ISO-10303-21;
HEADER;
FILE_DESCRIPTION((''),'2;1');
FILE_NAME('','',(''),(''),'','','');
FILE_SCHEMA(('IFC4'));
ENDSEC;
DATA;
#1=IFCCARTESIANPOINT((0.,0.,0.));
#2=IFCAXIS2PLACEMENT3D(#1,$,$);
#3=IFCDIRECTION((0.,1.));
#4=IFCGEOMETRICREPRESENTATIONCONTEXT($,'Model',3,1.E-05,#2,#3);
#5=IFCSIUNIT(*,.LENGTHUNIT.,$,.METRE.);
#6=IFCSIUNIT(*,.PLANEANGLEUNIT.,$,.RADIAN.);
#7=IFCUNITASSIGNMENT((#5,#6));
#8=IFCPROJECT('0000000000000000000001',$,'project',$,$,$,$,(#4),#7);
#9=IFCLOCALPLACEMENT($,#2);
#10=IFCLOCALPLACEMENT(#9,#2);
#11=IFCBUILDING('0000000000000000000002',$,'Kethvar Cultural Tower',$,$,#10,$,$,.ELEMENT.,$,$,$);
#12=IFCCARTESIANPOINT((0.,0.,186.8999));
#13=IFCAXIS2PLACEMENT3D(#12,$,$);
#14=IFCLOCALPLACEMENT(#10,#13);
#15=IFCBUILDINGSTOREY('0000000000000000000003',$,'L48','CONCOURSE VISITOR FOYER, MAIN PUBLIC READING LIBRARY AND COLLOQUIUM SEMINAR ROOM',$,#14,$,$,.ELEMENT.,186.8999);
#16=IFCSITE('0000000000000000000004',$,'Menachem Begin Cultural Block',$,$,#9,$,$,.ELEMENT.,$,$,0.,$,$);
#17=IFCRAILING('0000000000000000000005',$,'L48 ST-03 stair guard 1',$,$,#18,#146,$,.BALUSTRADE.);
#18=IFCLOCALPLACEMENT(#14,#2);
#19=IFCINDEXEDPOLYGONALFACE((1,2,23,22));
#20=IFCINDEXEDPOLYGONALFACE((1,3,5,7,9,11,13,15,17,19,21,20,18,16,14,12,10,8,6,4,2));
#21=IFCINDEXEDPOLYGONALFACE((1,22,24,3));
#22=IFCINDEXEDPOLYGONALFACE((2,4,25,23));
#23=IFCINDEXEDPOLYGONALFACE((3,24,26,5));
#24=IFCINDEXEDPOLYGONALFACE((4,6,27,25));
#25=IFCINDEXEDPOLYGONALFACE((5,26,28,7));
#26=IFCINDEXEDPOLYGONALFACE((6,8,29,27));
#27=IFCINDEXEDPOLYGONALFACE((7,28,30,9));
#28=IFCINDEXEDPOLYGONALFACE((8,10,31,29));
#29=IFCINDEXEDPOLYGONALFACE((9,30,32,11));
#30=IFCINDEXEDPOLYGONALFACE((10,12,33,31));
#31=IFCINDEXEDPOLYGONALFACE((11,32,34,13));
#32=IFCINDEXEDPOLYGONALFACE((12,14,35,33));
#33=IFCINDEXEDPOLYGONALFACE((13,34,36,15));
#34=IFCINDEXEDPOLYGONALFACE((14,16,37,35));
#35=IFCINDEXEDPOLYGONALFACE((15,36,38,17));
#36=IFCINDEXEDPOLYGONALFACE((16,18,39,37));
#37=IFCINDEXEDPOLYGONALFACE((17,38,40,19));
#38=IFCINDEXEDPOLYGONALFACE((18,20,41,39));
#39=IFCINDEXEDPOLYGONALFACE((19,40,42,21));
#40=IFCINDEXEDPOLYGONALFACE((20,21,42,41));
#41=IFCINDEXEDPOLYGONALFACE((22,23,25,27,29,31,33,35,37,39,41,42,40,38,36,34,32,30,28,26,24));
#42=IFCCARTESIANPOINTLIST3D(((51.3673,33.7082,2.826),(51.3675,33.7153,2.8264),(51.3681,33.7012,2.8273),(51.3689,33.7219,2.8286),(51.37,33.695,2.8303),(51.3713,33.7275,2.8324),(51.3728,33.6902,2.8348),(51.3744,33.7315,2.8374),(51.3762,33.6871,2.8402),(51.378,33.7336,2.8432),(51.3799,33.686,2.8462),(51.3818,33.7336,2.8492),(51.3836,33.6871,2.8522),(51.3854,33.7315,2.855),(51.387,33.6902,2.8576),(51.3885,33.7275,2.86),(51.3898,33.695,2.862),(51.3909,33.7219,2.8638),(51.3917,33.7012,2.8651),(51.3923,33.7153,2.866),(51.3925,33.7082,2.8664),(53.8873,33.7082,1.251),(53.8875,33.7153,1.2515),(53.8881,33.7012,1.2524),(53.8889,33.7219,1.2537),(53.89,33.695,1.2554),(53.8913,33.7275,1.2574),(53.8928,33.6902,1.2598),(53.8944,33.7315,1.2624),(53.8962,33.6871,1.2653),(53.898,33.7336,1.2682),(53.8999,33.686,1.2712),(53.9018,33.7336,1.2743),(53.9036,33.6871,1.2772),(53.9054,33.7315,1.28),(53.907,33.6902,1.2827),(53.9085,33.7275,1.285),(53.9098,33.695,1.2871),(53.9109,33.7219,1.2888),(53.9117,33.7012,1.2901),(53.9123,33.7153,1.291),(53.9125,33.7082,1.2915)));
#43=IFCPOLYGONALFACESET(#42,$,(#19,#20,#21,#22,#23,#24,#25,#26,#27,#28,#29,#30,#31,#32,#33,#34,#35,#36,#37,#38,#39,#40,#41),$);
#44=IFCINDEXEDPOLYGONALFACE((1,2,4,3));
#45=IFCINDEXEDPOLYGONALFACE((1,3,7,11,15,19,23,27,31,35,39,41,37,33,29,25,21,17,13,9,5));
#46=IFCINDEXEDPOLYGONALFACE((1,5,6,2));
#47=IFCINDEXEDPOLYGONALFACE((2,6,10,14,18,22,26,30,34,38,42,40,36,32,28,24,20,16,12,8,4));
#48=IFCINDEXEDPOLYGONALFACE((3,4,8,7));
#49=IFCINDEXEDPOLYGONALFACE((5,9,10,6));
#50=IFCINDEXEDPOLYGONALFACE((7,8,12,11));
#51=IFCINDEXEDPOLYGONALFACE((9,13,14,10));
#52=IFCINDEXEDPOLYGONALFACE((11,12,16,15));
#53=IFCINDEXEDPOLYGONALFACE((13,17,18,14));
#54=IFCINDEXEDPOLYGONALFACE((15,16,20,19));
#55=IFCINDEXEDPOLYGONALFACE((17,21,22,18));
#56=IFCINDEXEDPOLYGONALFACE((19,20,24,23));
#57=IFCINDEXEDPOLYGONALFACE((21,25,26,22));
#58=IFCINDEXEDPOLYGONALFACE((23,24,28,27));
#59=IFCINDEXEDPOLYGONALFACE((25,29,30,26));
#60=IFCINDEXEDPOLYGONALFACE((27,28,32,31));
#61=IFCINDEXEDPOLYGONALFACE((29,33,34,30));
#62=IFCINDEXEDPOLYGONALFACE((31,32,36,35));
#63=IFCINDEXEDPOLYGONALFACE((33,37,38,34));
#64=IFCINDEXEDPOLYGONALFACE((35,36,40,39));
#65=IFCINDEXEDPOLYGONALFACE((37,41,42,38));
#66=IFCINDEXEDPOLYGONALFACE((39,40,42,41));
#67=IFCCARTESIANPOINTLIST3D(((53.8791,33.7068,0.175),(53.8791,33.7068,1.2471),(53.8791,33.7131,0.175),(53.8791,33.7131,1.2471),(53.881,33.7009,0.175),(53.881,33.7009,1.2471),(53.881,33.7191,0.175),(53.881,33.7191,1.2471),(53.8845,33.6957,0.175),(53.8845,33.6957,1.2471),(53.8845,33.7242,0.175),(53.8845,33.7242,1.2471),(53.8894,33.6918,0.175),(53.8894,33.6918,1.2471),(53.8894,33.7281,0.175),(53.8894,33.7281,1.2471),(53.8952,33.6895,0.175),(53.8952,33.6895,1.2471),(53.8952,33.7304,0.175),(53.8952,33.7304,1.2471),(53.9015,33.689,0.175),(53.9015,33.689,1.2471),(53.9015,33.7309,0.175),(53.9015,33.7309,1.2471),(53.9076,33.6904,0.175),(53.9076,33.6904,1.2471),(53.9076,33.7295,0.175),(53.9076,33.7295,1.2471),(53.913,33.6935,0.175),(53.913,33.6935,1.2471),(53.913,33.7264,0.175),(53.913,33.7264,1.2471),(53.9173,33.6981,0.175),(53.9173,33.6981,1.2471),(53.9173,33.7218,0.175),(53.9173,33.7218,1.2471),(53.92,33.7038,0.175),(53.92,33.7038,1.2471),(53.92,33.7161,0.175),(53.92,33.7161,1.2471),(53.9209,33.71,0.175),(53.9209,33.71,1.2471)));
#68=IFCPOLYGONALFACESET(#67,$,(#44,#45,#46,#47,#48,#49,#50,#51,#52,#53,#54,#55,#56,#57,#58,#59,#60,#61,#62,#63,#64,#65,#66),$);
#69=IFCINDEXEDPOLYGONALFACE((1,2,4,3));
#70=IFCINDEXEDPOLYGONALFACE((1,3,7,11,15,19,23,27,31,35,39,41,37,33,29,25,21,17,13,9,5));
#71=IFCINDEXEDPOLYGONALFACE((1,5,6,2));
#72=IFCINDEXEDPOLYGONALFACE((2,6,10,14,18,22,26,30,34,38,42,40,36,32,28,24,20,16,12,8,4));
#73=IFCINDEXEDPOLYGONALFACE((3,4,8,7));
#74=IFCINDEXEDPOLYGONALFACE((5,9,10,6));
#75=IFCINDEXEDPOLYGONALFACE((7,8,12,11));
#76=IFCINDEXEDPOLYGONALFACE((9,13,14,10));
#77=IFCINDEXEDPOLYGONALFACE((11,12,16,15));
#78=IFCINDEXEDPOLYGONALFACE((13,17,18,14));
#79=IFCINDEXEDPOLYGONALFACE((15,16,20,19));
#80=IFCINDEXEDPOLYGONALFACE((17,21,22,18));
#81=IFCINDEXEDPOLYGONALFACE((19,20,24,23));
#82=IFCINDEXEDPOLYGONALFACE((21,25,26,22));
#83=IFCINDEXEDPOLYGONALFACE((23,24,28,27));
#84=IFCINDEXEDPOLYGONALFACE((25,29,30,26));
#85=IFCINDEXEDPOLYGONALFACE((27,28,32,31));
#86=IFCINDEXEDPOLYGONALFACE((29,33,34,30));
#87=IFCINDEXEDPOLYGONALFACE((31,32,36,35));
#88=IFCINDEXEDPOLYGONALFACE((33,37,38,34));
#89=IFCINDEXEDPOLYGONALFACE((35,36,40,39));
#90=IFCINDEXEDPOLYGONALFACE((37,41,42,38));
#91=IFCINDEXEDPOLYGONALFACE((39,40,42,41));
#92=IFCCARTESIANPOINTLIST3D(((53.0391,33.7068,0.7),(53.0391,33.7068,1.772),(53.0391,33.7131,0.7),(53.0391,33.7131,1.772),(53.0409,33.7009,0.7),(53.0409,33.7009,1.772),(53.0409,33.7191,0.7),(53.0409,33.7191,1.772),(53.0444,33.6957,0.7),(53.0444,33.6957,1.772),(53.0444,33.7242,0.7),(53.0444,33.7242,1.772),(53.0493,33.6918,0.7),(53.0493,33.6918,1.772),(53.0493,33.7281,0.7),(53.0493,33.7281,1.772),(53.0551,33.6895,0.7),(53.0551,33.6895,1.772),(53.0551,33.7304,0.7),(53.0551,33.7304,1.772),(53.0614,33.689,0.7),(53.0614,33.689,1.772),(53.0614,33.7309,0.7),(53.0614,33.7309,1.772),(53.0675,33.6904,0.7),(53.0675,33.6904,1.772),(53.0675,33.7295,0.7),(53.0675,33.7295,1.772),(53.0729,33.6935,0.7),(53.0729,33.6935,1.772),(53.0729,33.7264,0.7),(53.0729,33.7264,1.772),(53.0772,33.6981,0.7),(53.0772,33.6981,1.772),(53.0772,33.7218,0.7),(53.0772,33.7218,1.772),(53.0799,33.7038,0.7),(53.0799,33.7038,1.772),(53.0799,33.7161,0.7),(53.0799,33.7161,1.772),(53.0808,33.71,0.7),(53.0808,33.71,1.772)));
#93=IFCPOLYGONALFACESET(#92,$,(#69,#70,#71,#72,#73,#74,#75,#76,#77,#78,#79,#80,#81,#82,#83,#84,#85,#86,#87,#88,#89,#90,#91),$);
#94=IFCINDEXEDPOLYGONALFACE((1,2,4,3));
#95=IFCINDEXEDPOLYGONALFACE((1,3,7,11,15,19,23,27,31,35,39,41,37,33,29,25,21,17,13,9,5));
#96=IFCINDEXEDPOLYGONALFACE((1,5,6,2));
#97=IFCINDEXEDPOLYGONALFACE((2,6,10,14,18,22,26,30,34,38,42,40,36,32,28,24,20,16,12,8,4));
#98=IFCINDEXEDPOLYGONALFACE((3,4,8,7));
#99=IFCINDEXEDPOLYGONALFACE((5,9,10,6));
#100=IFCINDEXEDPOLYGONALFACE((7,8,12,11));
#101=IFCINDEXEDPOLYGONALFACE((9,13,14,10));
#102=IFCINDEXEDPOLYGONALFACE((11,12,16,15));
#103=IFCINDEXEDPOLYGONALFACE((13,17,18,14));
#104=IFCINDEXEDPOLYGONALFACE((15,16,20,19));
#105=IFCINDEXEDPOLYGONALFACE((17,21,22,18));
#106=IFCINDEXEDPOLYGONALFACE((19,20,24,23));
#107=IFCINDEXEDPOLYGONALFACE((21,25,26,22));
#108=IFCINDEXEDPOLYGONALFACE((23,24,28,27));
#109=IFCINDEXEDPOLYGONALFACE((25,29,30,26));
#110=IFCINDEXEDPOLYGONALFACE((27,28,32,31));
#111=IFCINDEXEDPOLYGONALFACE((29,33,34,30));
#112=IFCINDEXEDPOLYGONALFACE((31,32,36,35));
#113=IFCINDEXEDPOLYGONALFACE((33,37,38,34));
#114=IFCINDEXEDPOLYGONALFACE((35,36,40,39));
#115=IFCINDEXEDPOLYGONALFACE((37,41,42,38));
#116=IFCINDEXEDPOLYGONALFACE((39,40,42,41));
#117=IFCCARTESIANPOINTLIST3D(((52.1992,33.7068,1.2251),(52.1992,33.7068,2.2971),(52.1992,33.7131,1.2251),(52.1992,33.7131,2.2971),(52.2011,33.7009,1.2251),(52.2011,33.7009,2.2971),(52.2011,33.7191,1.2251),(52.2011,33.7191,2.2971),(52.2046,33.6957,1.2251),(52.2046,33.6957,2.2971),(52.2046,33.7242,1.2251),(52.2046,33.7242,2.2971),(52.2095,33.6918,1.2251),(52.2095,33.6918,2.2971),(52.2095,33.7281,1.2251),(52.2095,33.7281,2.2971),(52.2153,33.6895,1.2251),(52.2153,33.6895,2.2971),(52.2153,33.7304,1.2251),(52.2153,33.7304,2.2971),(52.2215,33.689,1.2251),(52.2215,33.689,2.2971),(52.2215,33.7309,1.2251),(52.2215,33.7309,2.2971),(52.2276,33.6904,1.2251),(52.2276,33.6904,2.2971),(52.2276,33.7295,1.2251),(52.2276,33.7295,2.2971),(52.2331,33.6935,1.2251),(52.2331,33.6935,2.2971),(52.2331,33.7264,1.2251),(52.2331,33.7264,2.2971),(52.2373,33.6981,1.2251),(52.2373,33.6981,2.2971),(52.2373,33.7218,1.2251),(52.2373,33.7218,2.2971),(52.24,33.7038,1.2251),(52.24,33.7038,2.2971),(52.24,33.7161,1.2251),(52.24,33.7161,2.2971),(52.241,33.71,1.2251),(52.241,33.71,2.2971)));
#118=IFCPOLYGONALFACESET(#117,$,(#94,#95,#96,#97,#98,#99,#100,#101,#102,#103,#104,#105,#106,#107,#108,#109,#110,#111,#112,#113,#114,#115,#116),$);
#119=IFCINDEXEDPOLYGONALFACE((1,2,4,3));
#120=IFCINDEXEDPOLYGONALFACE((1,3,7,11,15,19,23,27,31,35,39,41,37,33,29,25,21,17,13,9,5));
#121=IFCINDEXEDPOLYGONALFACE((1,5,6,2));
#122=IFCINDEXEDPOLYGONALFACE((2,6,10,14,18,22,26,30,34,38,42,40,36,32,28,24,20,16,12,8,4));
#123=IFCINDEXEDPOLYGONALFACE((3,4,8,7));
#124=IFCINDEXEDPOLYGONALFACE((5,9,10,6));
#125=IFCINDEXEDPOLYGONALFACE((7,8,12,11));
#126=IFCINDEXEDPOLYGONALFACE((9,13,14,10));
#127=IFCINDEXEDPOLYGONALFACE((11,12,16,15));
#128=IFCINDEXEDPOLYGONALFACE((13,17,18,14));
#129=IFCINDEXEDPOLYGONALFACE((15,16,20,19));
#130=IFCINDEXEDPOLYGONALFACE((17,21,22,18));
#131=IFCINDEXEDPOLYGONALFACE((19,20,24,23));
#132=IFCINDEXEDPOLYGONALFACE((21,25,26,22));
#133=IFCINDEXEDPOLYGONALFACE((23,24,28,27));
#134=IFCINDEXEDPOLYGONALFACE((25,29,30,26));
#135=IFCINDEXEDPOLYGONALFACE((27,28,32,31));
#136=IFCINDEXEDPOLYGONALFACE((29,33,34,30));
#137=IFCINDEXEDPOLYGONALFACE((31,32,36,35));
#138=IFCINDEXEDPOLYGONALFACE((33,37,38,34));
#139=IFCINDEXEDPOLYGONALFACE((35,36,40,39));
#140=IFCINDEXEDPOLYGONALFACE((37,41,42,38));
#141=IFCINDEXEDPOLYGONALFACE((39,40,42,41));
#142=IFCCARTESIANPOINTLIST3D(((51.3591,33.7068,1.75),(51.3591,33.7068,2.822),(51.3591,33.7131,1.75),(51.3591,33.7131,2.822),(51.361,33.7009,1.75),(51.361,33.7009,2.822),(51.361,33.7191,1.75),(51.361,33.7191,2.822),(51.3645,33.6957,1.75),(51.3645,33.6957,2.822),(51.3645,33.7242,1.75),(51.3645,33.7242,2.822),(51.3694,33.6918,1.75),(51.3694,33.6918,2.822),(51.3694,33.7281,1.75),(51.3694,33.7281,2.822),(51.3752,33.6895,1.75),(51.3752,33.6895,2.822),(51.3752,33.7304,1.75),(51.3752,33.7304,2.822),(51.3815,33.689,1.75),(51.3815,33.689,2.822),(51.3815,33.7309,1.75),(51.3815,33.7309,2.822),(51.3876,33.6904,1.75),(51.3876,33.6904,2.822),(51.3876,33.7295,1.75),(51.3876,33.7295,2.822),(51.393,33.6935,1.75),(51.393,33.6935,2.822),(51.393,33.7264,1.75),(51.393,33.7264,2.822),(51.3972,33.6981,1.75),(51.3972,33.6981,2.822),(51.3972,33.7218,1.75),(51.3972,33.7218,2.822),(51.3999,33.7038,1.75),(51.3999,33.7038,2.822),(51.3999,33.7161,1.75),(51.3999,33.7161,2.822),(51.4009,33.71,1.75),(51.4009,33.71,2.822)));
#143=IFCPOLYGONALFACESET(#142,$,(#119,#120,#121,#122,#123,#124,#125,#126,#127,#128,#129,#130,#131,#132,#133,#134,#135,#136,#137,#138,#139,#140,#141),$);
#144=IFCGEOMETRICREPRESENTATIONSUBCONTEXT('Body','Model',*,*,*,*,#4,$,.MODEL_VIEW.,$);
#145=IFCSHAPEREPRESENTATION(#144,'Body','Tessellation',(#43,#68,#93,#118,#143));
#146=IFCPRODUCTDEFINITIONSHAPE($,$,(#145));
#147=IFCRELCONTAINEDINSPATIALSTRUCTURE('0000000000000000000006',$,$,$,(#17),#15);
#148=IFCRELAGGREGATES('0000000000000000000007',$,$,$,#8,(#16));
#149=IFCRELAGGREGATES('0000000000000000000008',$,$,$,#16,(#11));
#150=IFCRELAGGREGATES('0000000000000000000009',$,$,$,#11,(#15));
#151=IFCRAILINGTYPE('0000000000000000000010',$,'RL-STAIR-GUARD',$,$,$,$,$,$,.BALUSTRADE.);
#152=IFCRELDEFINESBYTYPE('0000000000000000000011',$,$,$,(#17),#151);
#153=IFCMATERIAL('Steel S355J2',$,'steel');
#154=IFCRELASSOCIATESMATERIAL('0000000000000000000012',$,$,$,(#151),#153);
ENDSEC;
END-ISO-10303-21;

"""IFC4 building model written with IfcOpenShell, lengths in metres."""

from ifc_helpers import new_model, si_unit, direction, frame, origin, origin_2d, place, context, subcontext, project, spatial, circle, extrude, material, type_object, element, save


model = new_model("IFC4")

# Units and contexts
model_context = context("Model", 3, precision=1e-05, world=origin(), true_north=direction((0.0, 1.0)))
body_context = subcontext(model_context, "Body", "Model", "MODEL_VIEW")
ifc_project = project(units=[si_unit("LENGTHUNIT", "METRE"), si_unit("PLANEANGLEUNIT", "RADIAN")], contexts=[model_context])

# Site, building, storey
site_placement = place(None, origin())
site = spatial("IfcSite", under=ifc_project, at=site_placement, Name="Menachem Begin Cultural Block", CompositionType="ELEMENT", RefElevation=0.0)
building_placement = place(site_placement, origin())
building = spatial("IfcBuilding", under=site, at=building_placement, Name="Kethvar Cultural Tower", CompositionType="ELEMENT")
storey_placement = place(building_placement, frame((0.0, 0.0, 186.8999)))
storey = spatial("IfcBuildingStorey", under=building, at=storey_placement, Name="L48", Description="CONCOURSE VISITOR FOYER, MAIN PUBLIC READING LIBRARY AND COLLOQUIUM SEMINAR ROOM", CompositionType="ELEMENT", Elevation=186.8999)

# Shared definitions
ifc_material_1 = material(Name="Steel S355J2", Category="steel")

# Railing
railing_type_1 = type_object("IfcRailingType", Name="RL-STAIR-GUARD", PredefinedType="BALUSTRADE", material=ifc_material_1)
railing_1_placement = place(storey_placement, frame((53.8999, 33.71, 0.175)))
element("IfcRailing", 1, at=railing_1_placement, inside=storey, type_object=railing_type_1, Name="L48 ST-03 stair guard 1", PredefinedType="BALUSTRADE", context=body_context, shape_type="SweptSolid", body=[
    extrude(circle(Radius=0.0239, at=origin_2d()), frame((0.0, 0.0, 1.0962), z_axis=(-0.848008, 0.0, 0.529984), x_axis=(0.0, -1.0, 0.0)), (0.0, 0.0, 1.0), 2.9717),
    extrude(circle(Radius=0.021, at=origin_2d()), origin(), (0.0, 0.0, 1.0), 1.072),
    extrude(circle(Radius=0.021, at=origin_2d()), frame((-0.8401, 0.0, 0.5249)), (0.0, 0.0, 1.0), 1.072),
    extrude(circle(Radius=0.021, at=origin_2d()), frame((-1.6799, 0.0, 1.05)), (0.0, 0.0, 1.0), 1.072),
    extrude(circle(Radius=0.021, at=origin_2d()), frame((-2.52, 0.0, 1.575)), (0.0, 0.0, 1.0), 1.072),
])

save(model, "model.ifc")
